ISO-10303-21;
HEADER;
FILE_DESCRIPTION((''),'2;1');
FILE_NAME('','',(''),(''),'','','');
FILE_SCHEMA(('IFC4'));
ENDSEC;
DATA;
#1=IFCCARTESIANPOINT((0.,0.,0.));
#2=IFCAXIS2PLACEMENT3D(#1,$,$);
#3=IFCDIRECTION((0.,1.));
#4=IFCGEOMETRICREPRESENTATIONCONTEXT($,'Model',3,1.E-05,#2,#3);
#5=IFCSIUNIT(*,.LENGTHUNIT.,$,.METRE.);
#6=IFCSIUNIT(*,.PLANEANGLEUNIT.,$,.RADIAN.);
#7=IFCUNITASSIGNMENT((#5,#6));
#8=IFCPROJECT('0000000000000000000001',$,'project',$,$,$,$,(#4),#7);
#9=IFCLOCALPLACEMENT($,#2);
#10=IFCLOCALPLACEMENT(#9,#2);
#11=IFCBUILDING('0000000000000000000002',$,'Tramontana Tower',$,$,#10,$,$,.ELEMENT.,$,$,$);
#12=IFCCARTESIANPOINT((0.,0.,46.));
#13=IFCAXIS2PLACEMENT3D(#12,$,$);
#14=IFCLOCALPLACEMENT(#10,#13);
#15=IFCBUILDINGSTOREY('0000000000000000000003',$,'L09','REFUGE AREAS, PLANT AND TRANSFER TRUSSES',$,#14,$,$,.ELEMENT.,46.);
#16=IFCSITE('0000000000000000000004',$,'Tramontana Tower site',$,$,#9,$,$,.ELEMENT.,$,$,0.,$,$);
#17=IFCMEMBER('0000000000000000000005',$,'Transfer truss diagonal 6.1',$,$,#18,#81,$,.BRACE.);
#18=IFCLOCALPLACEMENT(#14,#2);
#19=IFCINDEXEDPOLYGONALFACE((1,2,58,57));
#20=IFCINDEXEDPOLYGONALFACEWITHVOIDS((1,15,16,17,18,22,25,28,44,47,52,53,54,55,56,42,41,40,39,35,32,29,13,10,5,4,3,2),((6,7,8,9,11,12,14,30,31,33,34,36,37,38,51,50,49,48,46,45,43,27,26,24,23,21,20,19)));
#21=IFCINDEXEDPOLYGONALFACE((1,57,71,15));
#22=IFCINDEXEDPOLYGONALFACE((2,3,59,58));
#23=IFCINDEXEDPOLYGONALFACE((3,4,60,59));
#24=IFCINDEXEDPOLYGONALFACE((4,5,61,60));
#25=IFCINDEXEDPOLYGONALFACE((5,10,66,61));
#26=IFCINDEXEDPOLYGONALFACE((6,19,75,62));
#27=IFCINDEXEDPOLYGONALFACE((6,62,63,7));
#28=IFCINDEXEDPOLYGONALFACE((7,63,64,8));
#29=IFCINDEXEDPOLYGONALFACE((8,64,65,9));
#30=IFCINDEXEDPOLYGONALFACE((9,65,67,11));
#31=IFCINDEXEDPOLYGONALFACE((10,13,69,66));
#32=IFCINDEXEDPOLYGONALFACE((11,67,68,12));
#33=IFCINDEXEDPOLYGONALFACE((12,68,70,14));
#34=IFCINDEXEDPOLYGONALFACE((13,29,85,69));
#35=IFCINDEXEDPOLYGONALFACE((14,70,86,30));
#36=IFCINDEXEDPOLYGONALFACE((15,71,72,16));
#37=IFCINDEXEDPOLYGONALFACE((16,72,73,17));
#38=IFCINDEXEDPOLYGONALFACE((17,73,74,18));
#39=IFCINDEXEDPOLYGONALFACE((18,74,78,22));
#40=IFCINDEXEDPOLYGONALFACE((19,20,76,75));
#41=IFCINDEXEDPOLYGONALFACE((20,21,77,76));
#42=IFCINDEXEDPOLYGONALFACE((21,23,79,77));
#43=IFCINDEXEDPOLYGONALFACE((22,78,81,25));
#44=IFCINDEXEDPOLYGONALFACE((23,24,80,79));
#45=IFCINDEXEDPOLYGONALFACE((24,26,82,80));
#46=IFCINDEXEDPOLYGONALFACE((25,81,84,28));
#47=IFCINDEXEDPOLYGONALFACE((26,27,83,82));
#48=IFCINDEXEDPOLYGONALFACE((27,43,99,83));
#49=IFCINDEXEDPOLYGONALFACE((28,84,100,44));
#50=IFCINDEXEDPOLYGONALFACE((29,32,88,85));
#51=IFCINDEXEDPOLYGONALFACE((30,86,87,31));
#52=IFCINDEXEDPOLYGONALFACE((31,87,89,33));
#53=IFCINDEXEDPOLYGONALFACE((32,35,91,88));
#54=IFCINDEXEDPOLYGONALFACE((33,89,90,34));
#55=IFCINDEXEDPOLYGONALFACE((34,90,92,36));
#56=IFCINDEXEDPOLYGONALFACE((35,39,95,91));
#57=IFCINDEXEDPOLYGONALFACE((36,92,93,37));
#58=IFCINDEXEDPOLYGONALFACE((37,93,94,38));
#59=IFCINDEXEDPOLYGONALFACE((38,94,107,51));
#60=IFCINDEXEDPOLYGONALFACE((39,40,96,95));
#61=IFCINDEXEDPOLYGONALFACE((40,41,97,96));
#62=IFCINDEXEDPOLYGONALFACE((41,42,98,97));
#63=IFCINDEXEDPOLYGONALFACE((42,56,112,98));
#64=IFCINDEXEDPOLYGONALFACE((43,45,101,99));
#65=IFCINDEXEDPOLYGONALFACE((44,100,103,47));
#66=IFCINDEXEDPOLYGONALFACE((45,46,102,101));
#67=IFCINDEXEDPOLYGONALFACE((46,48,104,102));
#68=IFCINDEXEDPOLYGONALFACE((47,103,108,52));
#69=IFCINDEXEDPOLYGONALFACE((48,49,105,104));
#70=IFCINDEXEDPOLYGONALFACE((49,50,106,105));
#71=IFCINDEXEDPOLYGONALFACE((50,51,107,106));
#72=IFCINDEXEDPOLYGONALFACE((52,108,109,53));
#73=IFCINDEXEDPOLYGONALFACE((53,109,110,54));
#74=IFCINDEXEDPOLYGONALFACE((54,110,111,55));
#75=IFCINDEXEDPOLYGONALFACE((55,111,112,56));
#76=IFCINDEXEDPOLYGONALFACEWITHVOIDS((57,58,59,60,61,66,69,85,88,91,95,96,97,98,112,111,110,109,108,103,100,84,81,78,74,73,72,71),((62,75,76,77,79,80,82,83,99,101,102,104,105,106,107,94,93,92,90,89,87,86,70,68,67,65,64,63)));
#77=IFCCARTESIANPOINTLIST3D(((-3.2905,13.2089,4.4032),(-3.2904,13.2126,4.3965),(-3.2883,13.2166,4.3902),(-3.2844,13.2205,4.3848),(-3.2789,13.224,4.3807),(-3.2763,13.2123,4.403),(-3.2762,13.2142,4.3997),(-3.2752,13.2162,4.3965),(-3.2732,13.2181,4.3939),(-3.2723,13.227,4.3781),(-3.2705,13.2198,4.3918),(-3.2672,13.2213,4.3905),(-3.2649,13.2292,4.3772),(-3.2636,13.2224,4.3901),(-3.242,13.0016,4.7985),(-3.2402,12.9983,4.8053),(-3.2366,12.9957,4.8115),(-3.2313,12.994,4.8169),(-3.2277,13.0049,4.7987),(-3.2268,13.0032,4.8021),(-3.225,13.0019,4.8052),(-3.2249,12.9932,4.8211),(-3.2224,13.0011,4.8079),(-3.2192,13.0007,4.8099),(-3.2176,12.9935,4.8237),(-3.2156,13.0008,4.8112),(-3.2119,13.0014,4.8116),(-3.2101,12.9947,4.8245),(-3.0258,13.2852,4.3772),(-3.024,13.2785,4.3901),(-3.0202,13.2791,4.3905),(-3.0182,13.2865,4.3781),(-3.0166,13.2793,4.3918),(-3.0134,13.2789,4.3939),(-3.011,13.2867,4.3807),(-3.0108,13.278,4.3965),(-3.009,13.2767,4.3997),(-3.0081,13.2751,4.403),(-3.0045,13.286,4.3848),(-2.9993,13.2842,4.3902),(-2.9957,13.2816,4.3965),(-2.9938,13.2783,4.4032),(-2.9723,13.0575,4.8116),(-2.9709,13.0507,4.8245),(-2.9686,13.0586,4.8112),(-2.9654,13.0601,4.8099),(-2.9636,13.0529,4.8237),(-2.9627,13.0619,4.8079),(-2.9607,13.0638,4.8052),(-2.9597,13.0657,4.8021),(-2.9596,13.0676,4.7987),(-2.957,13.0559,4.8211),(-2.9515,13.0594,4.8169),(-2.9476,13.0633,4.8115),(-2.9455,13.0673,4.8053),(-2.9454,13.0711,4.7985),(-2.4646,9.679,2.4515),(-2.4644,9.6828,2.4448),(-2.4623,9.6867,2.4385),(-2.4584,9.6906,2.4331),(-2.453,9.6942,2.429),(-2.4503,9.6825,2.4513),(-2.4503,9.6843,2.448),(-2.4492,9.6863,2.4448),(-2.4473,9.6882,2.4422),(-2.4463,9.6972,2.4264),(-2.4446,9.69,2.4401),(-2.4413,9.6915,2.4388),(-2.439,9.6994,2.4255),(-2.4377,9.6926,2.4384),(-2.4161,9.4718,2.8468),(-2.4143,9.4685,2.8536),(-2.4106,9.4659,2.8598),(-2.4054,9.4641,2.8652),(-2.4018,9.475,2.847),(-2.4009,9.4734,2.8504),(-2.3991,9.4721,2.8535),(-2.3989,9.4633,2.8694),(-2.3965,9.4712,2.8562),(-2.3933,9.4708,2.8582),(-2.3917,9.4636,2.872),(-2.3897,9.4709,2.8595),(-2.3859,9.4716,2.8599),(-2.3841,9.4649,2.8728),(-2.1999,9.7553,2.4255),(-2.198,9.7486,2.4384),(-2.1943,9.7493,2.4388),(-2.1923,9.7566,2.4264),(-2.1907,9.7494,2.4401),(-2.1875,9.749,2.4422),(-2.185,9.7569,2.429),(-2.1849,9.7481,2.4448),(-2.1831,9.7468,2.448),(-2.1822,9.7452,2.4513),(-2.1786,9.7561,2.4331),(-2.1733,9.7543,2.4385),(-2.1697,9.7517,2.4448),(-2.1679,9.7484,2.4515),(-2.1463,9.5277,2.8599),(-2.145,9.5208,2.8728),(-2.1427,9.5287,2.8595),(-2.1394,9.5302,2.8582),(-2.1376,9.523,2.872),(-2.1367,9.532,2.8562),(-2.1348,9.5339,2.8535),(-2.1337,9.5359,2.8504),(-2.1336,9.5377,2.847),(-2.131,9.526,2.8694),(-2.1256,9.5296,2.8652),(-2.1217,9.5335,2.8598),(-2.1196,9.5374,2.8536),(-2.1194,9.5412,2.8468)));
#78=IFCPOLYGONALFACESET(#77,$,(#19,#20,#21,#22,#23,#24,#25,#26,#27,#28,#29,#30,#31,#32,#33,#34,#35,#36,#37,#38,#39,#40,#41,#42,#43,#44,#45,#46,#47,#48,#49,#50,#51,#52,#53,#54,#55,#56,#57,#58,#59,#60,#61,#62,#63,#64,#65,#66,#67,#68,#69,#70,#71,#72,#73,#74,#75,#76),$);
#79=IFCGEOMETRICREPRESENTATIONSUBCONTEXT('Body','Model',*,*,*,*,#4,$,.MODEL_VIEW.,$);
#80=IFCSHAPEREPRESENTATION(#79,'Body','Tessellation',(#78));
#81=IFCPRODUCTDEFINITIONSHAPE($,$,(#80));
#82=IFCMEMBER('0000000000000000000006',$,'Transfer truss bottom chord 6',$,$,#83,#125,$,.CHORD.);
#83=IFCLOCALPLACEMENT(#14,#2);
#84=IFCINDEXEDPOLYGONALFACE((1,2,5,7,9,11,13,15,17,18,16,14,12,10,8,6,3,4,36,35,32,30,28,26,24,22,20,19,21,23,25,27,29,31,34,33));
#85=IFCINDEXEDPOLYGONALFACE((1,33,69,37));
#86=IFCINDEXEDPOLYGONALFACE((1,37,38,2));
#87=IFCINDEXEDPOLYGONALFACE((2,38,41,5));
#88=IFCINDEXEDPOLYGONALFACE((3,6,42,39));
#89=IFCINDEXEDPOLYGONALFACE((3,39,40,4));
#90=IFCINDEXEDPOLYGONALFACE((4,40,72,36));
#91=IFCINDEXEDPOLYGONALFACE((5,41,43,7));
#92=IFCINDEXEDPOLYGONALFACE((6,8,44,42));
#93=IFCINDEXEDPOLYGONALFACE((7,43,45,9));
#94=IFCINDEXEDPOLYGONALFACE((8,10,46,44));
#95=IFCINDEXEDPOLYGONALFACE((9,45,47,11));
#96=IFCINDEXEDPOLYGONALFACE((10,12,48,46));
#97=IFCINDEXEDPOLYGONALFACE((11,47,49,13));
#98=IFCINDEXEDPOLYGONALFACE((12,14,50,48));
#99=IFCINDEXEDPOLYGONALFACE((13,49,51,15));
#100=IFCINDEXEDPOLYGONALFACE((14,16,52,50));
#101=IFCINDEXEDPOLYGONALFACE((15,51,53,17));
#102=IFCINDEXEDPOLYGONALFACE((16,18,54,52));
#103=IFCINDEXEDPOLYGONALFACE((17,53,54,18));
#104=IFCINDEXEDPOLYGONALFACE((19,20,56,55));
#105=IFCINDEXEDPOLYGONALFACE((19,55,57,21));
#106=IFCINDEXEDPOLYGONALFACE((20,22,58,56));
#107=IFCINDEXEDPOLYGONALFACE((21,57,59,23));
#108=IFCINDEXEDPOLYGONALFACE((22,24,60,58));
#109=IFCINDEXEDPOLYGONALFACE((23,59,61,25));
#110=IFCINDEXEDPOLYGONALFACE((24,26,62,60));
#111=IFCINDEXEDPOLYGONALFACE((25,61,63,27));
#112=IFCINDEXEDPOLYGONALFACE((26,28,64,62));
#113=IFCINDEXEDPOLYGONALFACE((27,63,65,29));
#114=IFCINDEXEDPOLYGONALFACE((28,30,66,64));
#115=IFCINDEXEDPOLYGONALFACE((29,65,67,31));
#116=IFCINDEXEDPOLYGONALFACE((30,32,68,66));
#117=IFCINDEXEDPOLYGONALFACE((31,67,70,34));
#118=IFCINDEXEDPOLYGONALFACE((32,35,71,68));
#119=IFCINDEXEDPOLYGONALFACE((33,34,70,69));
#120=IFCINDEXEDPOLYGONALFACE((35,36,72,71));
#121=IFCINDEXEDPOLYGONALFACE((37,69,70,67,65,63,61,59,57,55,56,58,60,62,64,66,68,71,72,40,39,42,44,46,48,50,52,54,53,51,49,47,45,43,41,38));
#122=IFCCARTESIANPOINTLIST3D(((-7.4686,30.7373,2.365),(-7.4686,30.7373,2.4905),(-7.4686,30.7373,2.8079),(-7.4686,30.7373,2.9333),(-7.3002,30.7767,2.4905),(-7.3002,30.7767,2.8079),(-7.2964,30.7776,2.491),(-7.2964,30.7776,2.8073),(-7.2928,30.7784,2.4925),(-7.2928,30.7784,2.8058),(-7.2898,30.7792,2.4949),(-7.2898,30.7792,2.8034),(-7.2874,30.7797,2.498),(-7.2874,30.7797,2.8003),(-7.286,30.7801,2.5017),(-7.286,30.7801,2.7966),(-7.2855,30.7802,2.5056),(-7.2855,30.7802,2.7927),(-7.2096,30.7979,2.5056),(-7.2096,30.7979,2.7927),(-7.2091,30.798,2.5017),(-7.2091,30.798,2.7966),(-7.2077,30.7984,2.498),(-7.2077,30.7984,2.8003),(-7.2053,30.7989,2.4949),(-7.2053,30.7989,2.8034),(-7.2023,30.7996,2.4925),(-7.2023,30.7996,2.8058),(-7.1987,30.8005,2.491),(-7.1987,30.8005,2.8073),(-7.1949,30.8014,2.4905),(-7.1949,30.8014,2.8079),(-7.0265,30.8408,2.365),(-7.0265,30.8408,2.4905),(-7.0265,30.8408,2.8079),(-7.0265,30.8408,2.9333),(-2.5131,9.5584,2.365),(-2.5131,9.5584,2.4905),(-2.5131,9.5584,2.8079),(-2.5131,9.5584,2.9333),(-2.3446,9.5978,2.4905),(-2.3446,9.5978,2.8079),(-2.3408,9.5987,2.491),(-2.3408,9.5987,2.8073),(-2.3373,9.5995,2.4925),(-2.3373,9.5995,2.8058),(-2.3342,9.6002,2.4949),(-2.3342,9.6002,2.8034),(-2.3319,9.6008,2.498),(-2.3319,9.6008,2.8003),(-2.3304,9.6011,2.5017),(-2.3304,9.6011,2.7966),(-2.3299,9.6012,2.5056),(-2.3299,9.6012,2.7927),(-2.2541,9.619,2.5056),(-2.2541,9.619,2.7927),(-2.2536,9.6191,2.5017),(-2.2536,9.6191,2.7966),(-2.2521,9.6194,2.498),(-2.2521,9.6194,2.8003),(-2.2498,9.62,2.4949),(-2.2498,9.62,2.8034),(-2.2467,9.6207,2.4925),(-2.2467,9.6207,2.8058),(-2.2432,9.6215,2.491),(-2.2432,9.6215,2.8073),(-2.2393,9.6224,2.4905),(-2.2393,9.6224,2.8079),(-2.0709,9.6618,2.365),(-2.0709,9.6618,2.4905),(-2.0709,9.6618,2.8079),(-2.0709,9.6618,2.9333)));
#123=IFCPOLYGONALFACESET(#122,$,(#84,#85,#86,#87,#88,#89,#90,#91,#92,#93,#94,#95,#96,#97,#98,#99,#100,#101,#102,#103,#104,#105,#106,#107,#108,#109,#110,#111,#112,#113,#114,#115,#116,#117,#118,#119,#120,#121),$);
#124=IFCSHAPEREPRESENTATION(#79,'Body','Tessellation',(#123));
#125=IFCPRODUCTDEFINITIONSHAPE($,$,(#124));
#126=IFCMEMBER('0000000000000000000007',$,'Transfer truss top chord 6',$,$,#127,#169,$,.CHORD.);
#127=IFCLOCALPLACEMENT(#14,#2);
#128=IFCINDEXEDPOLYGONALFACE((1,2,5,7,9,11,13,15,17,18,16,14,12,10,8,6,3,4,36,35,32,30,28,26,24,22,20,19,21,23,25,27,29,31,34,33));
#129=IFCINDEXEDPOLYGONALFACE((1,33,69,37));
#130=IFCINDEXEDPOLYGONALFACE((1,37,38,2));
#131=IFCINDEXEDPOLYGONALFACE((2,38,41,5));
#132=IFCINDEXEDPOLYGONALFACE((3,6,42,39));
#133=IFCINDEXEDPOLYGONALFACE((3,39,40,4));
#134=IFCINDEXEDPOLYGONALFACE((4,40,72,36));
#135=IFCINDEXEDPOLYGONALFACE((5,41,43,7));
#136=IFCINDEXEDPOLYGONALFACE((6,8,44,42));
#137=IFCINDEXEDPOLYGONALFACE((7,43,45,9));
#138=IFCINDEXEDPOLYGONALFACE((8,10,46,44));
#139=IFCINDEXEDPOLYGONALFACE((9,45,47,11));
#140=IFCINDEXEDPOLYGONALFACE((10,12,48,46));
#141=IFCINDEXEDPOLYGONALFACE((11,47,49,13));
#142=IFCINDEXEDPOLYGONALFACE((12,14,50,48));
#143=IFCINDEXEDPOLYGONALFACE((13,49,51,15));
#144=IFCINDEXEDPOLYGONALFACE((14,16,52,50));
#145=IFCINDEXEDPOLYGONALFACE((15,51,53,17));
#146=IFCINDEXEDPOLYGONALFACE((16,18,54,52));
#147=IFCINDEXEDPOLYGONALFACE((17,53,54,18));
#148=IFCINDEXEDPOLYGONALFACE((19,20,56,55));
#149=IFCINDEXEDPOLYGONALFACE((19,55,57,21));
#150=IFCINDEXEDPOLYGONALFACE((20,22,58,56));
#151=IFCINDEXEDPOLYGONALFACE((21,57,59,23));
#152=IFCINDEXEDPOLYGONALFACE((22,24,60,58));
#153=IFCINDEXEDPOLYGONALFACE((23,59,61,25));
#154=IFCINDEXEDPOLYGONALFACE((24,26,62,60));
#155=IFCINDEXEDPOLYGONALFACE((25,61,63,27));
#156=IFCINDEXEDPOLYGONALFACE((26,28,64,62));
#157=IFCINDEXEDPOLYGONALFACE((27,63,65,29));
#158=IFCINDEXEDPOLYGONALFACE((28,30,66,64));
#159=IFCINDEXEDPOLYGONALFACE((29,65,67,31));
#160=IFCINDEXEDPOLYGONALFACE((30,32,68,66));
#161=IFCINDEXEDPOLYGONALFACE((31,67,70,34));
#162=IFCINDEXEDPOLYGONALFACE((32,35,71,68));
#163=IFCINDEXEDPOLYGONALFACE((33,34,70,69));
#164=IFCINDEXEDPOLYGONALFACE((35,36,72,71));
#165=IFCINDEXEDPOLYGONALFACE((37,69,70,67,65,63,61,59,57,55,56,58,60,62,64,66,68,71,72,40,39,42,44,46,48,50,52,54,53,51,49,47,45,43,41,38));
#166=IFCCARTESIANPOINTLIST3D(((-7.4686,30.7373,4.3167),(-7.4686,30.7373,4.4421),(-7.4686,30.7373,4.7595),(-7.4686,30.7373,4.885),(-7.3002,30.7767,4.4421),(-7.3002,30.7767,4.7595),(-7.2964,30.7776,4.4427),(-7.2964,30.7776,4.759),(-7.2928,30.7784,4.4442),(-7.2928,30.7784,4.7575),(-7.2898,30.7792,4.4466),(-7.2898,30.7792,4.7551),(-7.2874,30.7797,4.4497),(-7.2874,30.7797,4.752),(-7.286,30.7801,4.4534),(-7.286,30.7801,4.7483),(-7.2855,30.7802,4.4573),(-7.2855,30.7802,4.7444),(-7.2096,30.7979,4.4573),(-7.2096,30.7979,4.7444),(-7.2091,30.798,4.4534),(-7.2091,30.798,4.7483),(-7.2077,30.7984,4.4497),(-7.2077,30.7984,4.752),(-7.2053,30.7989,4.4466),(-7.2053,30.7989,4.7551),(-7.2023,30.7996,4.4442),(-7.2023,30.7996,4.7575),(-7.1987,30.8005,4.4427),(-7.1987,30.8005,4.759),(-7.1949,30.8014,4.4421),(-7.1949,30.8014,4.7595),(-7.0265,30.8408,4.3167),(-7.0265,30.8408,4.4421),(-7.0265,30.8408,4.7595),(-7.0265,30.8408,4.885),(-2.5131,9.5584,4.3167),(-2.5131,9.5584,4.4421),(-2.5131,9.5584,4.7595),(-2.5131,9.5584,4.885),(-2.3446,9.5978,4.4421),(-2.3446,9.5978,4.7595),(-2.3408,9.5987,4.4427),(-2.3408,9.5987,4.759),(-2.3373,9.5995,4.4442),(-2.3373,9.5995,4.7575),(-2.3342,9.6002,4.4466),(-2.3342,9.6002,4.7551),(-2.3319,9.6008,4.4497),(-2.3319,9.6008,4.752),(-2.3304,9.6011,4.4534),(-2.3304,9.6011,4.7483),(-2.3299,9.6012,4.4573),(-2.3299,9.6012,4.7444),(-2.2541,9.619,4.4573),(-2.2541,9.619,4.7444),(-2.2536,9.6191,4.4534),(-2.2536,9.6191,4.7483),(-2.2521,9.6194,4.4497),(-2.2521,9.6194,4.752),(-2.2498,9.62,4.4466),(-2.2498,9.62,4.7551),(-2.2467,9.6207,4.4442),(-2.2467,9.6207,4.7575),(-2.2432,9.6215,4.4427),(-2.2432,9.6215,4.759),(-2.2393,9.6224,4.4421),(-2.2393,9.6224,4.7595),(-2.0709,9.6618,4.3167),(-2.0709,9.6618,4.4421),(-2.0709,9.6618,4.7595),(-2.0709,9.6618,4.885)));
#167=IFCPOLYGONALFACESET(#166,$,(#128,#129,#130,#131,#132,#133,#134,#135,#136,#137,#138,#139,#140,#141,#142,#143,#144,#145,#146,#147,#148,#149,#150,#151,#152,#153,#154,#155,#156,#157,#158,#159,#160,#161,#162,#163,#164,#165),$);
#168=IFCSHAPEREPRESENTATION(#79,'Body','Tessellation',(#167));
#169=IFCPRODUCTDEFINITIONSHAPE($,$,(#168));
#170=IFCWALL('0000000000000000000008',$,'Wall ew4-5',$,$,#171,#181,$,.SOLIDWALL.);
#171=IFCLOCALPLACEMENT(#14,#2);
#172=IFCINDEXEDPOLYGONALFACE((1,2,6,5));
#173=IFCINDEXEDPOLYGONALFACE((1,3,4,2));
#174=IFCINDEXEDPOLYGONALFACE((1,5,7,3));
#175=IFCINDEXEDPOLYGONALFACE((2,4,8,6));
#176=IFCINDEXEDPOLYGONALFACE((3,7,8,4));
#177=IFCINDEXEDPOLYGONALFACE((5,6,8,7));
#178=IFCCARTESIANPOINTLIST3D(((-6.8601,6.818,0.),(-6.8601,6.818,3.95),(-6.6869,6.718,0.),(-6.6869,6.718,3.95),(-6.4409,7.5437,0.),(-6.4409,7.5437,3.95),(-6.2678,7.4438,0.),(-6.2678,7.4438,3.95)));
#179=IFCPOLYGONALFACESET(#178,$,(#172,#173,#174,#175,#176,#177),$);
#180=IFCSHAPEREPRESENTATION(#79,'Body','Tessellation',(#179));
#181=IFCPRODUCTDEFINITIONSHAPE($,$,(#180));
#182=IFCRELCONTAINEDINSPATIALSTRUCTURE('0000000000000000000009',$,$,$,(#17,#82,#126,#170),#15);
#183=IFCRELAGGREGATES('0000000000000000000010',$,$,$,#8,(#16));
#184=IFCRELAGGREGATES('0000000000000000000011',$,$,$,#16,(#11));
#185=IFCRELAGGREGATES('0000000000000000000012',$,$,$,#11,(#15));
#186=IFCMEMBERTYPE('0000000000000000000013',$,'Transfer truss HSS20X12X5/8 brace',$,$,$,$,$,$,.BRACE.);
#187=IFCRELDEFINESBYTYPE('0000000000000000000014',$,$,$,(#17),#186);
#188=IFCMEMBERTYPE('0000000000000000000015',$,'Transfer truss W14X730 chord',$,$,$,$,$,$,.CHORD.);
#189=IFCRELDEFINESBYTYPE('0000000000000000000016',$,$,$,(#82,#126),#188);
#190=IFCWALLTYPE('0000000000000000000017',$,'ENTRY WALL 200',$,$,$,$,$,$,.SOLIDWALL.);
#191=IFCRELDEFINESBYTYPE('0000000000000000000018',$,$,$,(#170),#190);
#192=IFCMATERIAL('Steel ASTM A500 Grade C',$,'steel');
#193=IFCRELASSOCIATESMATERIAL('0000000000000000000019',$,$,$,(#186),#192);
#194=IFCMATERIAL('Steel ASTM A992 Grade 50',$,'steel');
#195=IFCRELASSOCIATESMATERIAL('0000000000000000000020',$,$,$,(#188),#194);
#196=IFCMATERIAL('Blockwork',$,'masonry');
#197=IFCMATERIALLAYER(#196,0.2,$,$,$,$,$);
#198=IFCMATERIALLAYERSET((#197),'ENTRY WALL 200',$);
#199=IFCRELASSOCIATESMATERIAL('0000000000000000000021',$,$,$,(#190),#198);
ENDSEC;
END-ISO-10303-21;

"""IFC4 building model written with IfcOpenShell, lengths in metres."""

from ifc_helpers import new_model, si_unit, direction, frame, frame_2d, origin, origin_2d, place, context, subcontext, project, spatial, rectangle, hollow_rectangle, i_section, extrude, material, layer, layer_set, material_profile, profile_set, type_object, element, save


model = new_model("IFC4")

# Units and contexts
model_context = context("Model", 3, precision=1e-05, world=origin(), true_north=direction((0.0, 1.0)))
body_context = subcontext(model_context, "Body", "Model", "MODEL_VIEW")
ifc_project = project(units=[si_unit("LENGTHUNIT", "METRE"), si_unit("PLANEANGLEUNIT", "RADIAN")], contexts=[model_context])

# Site, building, storey
site_placement = place(None, origin())
site = spatial("IfcSite", under=ifc_project, at=site_placement, Name="Tramontana Tower site", CompositionType="ELEMENT", RefElevation=0.0)
building_placement = place(site_placement, origin())
building = spatial("IfcBuilding", under=site, at=building_placement, Name="Tramontana Tower", CompositionType="ELEMENT")
storey_placement = place(building_placement, frame((0.0, 0.0, 46.0)))
storey = spatial("IfcBuildingStorey", under=building, at=storey_placement, Name="L09", Description="REFUGE AREAS, PLANT AND TRANSFER TRUSSES", CompositionType="ELEMENT", Elevation=46.0)

# Members
ifc_material_1 = material(Name="Steel ASTM A500 Grade C", Category="steel")
ifc_material_profile_1 = material_profile(ifc_material_1, hollow_rectangle(XDim=0.3047, YDim=0.5081, WallThickness=0.0146, InnerFilletRadius=0.0146, OuterFilletRadius=0.0295, at=origin_2d()), Name="HSS20X12X5/8")
ifc_profile_set_1 = profile_set([ifc_material_profile_1], Name="Steel ASTM A500 Grade C")
member_type_1 = type_object("IfcMemberType", Name="Transfer truss HSS20X12X5/8 brace", PredefinedType="BRACE", material=ifc_profile_set_1)
member_placement = place(storey_placement, frame((-2.292, 9.6101, 2.6492), z_axis=(-0.200609, 0.857347, 0.474038), x_axis=(-0.9737, -0.227834, 0.0)))
element("IfcMember", 1, at=member_placement, inside=storey, type_object=member_type_1, Name="Transfer truss diagonal 6.1", PredefinedType="BRACE", context=body_context, shape_type="SweptSolid", body=[
    extrude(hollow_rectangle(XDim=0.3047, YDim=0.5081, WallThickness=0.0146, InnerFilletRadius=0.0146, OuterFilletRadius=0.0295, at=origin_2d()), origin(), (0.0, 0.0, 1.0), 4.1172),
])
ifc_material_2 = material(Name="Steel ASTM A992 Grade 50", Category="steel")
ifc_material_profile_2 = material_profile(ifc_material_2, i_section(OverallWidth=0.4541, OverallDepth=0.5684, WebThickness=0.0779, FlangeThickness=0.1255, FilletRadius=0.0151, at=origin_2d()), Name="W14X730")
ifc_profile_set_2 = profile_set([ifc_material_profile_2], Name="Steel ASTM A992 Grade 50")
member_type_2 = type_object("IfcMemberType", Name="Transfer truss W14X730 chord", PredefinedType="CHORD", material=ifc_profile_set_2)
for number, where, z_axis, x_axis, name in (
    (2, (-2.292, 9.6101, 2.6492), (-0.227832, 0.973701, 0.0), (-0.973701, -0.227832, 0.0), "Transfer truss bottom chord 6"),
    (3, (-2.292, 9.6101, 4.6008), (-0.227832, 0.973701, 0.0), (-0.973701, -0.227832, 0.0), "Transfer truss top chord 6"),
):
    element("IfcMember", number, at=place(storey_placement, frame(where, z_axis=z_axis, x_axis=x_axis)), inside=storey, type_object=member_type_2, Name=name, PredefinedType="CHORD", context=body_context, shape_type="SweptSolid", body=[
        extrude(i_section(OverallWidth=0.4541, OverallDepth=0.5684, WebThickness=0.0779, FlangeThickness=0.1255, FilletRadius=0.0151, at=origin_2d()), origin(), (0.0, 0.0, 1.0), 21.751),
    ])

# Wall
ifc_material_3 = material(Name="Blockwork", Category="masonry")
ifc_layer_1 = layer(ifc_material_3, 0.2)
ifc_layer_set_1 = layer_set([ifc_layer_1], Name="ENTRY WALL 200")
wall_type_1 = type_object("IfcWallType", Name="ENTRY WALL 200", PredefinedType="SOLIDWALL", material=ifc_layer_set_1)
wall_1_placement = place(storey_placement, frame((-6.7734, 6.7681, 0.0), z_axis=(0.0, 0.0, 1.0), x_axis=(0.500117, 0.865958, 0.0)))
element("IfcWall", 4, at=wall_1_placement, inside=storey, type_object=wall_type_1, Name="Wall ew4-5", PredefinedType="SOLIDWALL", context=body_context, shape_type="SweptSolid", body=[
    extrude(rectangle(XDim=0.8381, YDim=0.2, at=frame_2d((0.4189, 0.0))), origin(), (0.0, 0.0, 1.0), 3.95),
])

save(model, "model.ifc")
